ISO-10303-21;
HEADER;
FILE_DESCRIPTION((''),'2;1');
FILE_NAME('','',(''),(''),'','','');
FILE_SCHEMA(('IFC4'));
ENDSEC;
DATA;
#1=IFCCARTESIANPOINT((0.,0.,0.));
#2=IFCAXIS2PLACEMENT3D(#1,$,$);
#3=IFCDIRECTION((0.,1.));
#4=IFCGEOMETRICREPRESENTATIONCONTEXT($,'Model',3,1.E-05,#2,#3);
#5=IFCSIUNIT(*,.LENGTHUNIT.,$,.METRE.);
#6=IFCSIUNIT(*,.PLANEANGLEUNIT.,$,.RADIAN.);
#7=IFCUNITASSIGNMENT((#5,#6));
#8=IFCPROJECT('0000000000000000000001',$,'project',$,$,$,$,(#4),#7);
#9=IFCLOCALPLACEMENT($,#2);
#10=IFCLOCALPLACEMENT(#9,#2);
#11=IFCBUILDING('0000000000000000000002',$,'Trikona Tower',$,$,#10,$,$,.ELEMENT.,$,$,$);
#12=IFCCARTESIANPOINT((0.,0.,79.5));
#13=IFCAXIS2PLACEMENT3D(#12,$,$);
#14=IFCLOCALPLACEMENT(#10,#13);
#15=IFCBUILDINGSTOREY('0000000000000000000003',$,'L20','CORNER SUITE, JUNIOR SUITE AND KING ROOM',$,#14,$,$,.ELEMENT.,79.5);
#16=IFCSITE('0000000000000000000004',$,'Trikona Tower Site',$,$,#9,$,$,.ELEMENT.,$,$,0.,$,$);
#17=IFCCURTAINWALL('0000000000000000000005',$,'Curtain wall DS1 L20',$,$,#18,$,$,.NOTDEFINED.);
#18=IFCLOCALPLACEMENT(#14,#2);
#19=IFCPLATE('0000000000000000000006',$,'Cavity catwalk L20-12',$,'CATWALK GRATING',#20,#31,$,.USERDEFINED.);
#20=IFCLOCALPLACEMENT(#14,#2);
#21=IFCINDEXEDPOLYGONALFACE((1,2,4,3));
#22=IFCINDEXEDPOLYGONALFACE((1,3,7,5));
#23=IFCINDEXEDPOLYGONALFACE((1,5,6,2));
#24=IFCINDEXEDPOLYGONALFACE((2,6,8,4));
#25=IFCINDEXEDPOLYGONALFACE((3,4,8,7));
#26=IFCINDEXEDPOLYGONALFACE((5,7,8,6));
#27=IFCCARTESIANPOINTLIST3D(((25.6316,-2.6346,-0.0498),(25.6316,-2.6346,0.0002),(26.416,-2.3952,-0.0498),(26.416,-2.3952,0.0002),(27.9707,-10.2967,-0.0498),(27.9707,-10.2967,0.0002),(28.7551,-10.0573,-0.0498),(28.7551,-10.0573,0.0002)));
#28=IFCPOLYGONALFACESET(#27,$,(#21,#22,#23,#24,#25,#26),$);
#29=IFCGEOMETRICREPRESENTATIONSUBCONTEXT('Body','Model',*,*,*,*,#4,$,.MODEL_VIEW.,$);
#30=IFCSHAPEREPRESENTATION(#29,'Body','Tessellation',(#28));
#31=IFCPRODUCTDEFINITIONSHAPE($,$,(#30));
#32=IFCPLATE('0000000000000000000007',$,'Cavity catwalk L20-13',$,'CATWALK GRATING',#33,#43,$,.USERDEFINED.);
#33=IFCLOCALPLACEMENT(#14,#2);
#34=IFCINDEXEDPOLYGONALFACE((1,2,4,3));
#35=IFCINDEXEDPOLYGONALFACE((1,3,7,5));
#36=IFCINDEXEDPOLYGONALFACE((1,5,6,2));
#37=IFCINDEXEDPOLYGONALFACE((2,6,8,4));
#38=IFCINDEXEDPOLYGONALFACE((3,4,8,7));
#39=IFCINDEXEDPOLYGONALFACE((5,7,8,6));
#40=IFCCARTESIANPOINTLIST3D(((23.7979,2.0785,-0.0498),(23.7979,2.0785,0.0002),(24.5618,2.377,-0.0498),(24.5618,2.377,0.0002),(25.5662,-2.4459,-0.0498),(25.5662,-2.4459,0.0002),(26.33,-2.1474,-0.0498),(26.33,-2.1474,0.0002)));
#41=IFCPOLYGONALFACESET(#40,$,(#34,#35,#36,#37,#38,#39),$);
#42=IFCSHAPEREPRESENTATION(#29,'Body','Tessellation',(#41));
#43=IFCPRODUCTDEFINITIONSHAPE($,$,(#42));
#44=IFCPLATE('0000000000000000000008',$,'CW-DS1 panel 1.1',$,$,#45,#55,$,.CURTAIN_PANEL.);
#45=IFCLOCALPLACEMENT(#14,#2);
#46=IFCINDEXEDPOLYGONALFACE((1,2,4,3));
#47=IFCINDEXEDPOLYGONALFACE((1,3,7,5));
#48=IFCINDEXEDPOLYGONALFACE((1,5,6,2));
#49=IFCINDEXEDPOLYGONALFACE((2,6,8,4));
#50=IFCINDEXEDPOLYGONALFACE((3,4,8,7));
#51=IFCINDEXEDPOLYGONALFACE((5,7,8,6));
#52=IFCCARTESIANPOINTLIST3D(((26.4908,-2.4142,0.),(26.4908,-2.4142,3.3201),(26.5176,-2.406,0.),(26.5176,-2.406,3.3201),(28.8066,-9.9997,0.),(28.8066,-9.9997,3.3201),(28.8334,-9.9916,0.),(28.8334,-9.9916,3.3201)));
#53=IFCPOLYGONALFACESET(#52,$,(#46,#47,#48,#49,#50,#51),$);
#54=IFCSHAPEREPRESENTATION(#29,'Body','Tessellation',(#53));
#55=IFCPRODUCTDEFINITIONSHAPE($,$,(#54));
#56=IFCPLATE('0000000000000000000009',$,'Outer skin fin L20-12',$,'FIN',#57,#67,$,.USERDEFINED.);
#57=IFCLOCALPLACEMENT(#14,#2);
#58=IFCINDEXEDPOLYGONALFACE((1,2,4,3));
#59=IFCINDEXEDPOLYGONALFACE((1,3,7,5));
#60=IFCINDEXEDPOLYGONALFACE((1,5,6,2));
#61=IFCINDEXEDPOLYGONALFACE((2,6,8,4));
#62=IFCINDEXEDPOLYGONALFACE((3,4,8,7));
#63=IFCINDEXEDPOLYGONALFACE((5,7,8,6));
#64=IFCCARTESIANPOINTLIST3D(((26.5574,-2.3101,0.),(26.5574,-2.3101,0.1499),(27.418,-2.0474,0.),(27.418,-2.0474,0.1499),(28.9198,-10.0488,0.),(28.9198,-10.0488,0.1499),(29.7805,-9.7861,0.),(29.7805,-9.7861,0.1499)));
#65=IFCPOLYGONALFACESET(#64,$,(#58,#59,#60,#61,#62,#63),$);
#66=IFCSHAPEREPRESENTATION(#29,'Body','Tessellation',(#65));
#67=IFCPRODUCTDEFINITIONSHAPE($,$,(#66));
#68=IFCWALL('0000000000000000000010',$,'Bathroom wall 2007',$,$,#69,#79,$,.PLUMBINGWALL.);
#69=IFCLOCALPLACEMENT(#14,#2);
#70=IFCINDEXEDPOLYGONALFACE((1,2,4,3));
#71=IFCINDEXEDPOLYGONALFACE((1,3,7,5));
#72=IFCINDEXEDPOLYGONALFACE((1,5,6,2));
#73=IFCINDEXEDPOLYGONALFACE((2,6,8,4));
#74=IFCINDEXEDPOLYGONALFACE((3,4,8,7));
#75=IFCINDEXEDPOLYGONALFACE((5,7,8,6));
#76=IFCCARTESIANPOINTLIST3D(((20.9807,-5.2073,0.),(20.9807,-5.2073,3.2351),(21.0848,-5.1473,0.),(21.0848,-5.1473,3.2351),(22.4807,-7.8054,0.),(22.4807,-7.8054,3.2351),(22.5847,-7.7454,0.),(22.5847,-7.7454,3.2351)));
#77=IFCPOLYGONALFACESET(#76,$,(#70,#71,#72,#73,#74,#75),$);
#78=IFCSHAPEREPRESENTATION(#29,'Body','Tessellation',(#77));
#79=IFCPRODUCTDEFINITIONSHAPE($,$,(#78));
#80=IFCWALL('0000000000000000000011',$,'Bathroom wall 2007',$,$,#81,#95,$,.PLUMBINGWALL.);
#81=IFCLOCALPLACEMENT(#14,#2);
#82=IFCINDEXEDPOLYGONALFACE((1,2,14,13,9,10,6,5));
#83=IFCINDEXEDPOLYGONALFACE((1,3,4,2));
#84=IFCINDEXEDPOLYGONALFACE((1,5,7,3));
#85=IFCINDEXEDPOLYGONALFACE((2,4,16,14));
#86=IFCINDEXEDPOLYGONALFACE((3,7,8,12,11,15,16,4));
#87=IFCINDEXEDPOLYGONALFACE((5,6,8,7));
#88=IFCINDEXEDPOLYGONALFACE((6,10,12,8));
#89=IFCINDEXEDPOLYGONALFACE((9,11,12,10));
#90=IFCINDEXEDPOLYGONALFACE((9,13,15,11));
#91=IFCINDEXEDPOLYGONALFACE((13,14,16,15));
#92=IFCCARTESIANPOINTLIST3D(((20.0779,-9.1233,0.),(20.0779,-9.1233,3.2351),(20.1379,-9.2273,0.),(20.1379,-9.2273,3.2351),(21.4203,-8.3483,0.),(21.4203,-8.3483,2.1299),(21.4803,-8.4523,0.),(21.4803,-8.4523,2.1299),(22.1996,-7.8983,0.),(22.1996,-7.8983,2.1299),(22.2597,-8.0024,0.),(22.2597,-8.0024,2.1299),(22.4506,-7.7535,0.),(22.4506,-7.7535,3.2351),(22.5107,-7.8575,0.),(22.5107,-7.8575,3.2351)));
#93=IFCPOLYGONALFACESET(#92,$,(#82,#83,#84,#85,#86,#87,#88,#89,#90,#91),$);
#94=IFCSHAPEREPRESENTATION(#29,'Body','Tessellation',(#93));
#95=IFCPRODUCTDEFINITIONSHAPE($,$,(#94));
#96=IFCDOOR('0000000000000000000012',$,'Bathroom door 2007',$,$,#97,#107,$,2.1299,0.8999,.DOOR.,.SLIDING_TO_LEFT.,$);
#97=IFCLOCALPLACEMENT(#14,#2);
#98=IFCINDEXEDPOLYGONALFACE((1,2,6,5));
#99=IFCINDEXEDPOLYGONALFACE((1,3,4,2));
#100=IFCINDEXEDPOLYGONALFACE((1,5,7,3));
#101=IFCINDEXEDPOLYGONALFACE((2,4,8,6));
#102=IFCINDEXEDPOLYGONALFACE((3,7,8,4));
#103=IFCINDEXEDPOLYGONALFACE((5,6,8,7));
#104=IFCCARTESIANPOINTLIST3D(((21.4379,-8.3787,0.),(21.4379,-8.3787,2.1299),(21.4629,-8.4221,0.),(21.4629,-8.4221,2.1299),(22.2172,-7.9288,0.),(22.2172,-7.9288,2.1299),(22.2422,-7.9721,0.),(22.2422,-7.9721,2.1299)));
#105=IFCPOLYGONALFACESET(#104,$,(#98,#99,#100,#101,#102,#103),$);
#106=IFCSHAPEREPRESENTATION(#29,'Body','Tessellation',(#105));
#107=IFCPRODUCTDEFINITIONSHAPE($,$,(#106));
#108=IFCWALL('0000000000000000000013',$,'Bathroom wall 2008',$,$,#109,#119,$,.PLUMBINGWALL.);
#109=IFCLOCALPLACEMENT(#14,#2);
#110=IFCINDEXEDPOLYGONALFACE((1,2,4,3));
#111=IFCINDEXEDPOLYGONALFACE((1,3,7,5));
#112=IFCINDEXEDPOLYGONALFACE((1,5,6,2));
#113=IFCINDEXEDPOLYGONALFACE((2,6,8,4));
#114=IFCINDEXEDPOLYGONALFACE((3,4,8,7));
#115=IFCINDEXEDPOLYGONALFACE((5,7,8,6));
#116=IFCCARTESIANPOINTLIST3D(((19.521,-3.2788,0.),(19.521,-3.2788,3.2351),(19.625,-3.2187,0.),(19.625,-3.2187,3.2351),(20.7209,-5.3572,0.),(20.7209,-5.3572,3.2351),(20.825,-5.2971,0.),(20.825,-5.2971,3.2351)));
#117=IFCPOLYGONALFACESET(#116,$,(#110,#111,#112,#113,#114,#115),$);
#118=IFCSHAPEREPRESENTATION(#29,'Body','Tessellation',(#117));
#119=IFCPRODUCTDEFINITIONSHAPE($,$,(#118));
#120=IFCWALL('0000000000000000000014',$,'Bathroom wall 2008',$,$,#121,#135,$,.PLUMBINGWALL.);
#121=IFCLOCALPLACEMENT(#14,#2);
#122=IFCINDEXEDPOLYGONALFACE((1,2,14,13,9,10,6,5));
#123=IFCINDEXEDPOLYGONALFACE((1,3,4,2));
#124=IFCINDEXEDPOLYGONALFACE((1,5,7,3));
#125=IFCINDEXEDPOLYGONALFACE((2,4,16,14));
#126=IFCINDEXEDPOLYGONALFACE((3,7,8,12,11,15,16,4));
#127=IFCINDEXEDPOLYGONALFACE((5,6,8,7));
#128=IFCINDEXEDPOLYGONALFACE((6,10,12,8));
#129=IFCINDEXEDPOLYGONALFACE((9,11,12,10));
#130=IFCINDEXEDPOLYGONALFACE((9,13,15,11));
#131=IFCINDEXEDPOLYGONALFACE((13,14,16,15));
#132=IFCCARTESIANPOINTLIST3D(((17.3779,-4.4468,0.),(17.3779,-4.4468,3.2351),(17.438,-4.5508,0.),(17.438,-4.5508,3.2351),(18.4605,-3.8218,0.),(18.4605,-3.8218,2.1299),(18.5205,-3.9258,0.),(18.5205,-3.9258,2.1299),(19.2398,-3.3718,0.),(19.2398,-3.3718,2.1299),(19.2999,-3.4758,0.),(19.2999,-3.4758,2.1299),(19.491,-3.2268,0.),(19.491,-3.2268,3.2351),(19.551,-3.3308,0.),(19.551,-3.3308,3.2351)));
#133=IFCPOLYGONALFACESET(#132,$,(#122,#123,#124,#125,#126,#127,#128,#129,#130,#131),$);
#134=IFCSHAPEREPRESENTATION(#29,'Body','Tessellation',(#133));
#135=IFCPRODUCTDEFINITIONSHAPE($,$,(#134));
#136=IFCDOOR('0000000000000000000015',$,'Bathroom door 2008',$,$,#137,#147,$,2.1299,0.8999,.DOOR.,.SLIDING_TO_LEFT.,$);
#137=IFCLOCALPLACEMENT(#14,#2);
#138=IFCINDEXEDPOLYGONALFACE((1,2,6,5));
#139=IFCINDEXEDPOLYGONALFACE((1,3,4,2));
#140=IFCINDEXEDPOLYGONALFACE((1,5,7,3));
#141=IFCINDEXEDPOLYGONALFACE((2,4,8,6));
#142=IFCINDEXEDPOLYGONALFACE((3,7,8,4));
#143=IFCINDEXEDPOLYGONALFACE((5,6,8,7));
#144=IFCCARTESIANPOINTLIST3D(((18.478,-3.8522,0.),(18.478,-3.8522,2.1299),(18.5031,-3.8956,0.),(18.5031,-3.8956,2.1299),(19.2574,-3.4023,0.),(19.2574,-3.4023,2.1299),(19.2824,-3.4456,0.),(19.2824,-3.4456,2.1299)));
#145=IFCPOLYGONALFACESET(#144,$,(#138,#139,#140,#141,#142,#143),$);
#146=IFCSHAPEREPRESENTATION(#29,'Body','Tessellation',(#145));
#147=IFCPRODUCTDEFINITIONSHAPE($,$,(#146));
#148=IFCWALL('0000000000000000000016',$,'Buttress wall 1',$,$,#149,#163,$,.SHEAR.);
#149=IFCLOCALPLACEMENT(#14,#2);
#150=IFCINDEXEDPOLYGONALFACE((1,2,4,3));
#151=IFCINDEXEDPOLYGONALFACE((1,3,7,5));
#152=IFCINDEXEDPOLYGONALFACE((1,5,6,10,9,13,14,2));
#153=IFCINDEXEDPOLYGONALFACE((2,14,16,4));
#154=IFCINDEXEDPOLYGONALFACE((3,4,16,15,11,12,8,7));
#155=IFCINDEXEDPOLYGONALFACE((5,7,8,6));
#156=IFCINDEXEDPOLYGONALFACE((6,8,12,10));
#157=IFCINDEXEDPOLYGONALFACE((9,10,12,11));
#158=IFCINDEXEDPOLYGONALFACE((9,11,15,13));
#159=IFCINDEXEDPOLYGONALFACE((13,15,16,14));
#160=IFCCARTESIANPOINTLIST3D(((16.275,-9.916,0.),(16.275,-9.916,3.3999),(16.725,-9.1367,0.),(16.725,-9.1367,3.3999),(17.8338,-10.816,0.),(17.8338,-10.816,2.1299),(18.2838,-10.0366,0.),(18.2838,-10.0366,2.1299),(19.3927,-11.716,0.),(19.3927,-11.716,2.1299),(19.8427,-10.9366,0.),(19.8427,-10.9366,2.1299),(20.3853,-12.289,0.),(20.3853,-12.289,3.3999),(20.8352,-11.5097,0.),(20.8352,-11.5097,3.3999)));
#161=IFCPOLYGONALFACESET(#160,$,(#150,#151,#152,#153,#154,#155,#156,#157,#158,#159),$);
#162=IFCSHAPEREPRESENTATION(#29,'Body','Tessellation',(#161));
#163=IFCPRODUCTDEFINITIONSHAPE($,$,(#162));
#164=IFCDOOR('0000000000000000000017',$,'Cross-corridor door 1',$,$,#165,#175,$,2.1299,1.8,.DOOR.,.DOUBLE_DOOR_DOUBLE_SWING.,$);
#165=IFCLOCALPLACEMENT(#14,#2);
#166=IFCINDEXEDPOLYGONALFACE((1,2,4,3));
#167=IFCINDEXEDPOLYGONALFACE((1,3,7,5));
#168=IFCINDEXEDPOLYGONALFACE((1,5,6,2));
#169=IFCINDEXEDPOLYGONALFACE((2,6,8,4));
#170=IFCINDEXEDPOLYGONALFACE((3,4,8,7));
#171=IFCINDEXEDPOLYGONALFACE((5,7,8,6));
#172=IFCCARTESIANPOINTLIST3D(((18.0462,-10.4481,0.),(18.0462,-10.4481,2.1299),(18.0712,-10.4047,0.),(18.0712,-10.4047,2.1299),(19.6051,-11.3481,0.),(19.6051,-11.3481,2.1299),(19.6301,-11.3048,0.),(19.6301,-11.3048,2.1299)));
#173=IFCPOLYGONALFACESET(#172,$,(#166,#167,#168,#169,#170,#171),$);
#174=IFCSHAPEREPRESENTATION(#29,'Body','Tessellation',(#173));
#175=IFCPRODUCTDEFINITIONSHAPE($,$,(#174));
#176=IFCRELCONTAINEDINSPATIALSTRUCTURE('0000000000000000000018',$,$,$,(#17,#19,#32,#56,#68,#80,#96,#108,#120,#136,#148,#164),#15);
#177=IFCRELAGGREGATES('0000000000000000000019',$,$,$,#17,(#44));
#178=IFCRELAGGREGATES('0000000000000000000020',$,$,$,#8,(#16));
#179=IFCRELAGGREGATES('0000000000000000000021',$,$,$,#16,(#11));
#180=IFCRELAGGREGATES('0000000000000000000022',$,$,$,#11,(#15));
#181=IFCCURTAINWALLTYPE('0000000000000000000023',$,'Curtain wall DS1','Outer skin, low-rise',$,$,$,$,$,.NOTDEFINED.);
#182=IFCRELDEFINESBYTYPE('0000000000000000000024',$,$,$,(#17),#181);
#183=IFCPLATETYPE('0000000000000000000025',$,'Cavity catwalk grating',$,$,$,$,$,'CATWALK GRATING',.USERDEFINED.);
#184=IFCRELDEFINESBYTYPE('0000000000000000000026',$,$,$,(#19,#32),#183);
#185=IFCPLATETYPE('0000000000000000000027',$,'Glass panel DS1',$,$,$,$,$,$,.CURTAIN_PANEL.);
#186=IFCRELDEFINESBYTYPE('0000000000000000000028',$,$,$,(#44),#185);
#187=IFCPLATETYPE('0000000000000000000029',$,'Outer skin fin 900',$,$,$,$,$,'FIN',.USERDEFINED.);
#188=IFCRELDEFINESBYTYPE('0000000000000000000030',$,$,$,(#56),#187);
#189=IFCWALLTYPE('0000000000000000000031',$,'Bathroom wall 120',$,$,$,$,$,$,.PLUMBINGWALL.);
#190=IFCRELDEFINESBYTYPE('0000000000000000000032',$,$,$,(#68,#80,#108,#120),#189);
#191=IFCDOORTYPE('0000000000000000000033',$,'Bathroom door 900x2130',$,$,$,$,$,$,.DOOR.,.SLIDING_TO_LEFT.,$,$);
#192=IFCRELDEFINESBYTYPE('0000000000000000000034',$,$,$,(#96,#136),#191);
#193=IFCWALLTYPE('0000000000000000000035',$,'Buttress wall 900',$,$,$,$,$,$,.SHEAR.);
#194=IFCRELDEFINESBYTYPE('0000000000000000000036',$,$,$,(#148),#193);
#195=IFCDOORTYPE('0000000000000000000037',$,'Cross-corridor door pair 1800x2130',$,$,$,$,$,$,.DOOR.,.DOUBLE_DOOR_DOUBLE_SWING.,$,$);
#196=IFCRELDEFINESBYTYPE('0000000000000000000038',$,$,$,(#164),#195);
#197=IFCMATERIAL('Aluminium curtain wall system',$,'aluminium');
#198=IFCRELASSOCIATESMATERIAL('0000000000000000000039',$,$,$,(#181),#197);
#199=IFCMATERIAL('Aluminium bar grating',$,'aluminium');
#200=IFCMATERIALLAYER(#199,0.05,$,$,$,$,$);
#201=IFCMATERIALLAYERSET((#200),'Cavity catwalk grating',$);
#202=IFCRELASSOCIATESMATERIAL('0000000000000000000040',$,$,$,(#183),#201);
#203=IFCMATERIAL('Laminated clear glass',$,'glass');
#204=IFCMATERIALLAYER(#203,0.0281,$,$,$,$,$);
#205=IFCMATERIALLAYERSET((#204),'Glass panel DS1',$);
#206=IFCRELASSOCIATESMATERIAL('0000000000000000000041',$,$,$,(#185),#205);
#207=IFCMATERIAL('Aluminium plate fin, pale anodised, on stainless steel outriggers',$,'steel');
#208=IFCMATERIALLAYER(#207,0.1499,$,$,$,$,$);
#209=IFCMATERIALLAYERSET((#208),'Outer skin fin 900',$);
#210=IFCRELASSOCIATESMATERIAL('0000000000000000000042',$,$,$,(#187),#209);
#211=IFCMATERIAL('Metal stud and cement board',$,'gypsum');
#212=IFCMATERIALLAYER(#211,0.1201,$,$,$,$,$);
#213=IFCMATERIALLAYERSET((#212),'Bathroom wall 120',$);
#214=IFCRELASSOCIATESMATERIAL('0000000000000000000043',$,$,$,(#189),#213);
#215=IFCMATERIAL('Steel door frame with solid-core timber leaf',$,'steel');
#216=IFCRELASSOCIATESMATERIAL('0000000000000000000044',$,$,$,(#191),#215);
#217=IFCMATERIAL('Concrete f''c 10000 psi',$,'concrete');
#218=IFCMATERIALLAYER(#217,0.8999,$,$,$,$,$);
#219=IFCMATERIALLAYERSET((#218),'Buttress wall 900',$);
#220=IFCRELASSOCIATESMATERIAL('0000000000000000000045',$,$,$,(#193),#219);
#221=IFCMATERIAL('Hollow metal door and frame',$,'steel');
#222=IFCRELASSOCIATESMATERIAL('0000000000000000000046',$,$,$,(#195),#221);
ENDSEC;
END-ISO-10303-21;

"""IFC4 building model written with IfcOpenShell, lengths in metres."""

from ifc_helpers import new_model, si_unit, direction, frame, frame_2d, origin, origin_2d, place, context, subcontext, project, spatial, rectangle, extrude, material, layer, layer_set, type_object, element, fill, aggregate, save


model = new_model("IFC4")

# Units and contexts
model_context = context("Model", 3, precision=1e-05, world=origin(), true_north=direction((0.0, 1.0)))
body_context = subcontext(model_context, "Body", "Model", "MODEL_VIEW")
ifc_project = project(units=[si_unit("LENGTHUNIT", "METRE"), si_unit("PLANEANGLEUNIT", "RADIAN")], contexts=[model_context])

# Site, building, storey
site_placement = place(None, origin())
site = spatial("IfcSite", under=ifc_project, at=site_placement, Name="Trikona Tower Site", CompositionType="ELEMENT", RefElevation=0.0)
building_placement = place(site_placement, origin())
building = spatial("IfcBuilding", under=site, at=building_placement, Name="Trikona Tower", CompositionType="ELEMENT")
storey_placement = place(building_placement, frame((0.0, 0.0, 79.5)))
storey = spatial("IfcBuildingStorey", under=building, at=storey_placement, Name="L20", Description="CORNER SUITE, JUNIOR SUITE AND KING ROOM", CompositionType="ELEMENT", Elevation=79.5)

# Curtain wall
ifc_material_1 = material(Name="Aluminium curtain wall system", Category="aluminium")
curtain_wall_type = type_object("IfcCurtainWallType", Name="Curtain wall DS1", Description="Outer skin, low-rise", PredefinedType="NOTDEFINED", material=ifc_material_1)
curtain_wall_1_placement = place(storey_placement, origin())
curtain_wall_1 = element("IfcCurtainWall", 1, at=curtain_wall_1_placement, inside=storey, type_object=curtain_wall_type, Name="Curtain wall DS1 L20", PredefinedType="NOTDEFINED")

# Plates
ifc_material_2 = material(Name="Aluminium bar grating", Category="aluminium")
ifc_layer_1 = layer(ifc_material_2, 0.05)
ifc_layer_set_1 = layer_set([ifc_layer_1], Name="Cavity catwalk grating")
plate_type_1 = type_object("IfcPlateType", Name="Cavity catwalk grating", ElementType="CATWALK GRATING", PredefinedType="USERDEFINED", material=ifc_layer_set_1)
plate_1_placement = place(storey_placement, frame((27.1934, -6.3459, -0.0498), z_axis=(0.0, 0.0, 1.0), x_axis=(-0.291979, 0.956425, 0.0)))
element("IfcPlate", 2, at=plate_1_placement, inside=storey, type_object=plate_type_1, Name="Cavity catwalk L20-12", ObjectType="CATWALK GRATING", PredefinedType="USERDEFINED", context=body_context, shape_type="SweptSolid", body=[
    extrude(rectangle(XDim=8.0112, YDim=0.8201, at=origin_2d()), origin(), (0.0, 0.0, 1.0), 0.05),
])
plate_2_placement = place(storey_placement, frame((25.064, -0.0344, -0.0498), z_axis=(0.0, 0.0, 1.0), x_axis=(-0.364009, 0.931395, 0.0)))
element("IfcPlate", 3, at=plate_2_placement, inside=storey, type_object=plate_type_1, Name="Cavity catwalk L20-13", ObjectType="CATWALK GRATING", PredefinedType="USERDEFINED", context=body_context, shape_type="SweptSolid", body=[
    extrude(rectangle(XDim=4.8577, YDim=0.8201, at=origin_2d()), origin(), (0.0, 0.0, 1.0), 0.05),
])

# Plates
ifc_material_3 = material(Name="Laminated clear glass", Category="glass")
ifc_layer_2 = layer(ifc_material_3, 0.0281)
ifc_layer_set_2 = layer_set([ifc_layer_2], Name="Glass panel DS1")
plate_type_2 = type_object("IfcPlateType", Name="Glass panel DS1", PredefinedType="CURTAIN_PANEL", material=ifc_layer_set_2)
plate_3_placement = place(storey_placement, frame((27.6621, -6.2029, 0.0), z_axis=(0.0, 0.0, 1.0), x_axis=(-0.291984, 0.956423, 0.0)))
plate_3 = element("IfcPlate", 4, at=plate_3_placement, type_object=plate_type_2, Name="CW-DS1 panel 1.1", PredefinedType="CURTAIN_PANEL", context=body_context, shape_type="SweptSolid", body=[
    extrude(rectangle(XDim=7.9312, YDim=0.0281, at=origin_2d()), origin(), (0.0, 0.0, 1.0), 3.3201),
])
aggregate(curtain_wall_1, [plate_3])
ifc_material_4 = material(Name="Aluminium plate fin, pale anodised, on stainless steel outriggers", Category="steel")
ifc_layer_3 = layer(ifc_material_4, 0.1499)
ifc_layer_set_3 = layer_set([ifc_layer_3], Name="Outer skin fin 900")
plate_type_3 = type_object("IfcPlateType", Name="Outer skin fin 900", ElementType="FIN", PredefinedType="USERDEFINED", material=ifc_layer_set_3)
plate_4_placement = place(storey_placement, frame((28.1689, -6.0481, 0.0), z_axis=(0.0, 0.0, 1.0), x_axis=(-0.291979, 0.956425, 0.0)))
element("IfcPlate", 5, at=plate_4_placement, inside=storey, type_object=plate_type_3, Name="Outer skin fin L20-12", ObjectType="FIN", PredefinedType="USERDEFINED", context=body_context, shape_type="SweptSolid", body=[
    extrude(rectangle(XDim=8.0913, YDim=0.8999, at=origin_2d()), origin(), (0.0, 0.0, 1.0), 0.1499),
])

# Wall
ifc_material_5 = material(Name="Metal stud and cement board", Category="gypsum")
ifc_layer_4 = layer(ifc_material_5, 0.1201)
ifc_layer_set_4 = layer_set([ifc_layer_4], Name="Bathroom wall 120")
wall_type_1 = type_object("IfcWallType", Name="Bathroom wall 120", PredefinedType="PLUMBINGWALL", material=ifc_layer_set_4)
wall_1_placement = place(storey_placement, frame((22.5327, -7.7754, 0.0), z_axis=(0.0, 0.0, 1.0), x_axis=(-0.49999, 0.866031, 0.0)))
element("IfcWall", 6, at=wall_1_placement, inside=storey, type_object=wall_type_1, Name="Bathroom wall 2007", PredefinedType="PLUMBINGWALL", context=body_context, shape_type="SweptSolid", body=[
    extrude(rectangle(XDim=3.0, YDim=0.1201, at=frame_2d((1.5, 0.0))), origin(), (0.0, 0.0, 1.0), 3.2351),
])

# Wall, opening, door
wall_2_placement = place(storey_placement, frame((20.1079, -9.1753, 0.0), z_axis=(0.0, 0.0, 1.0), x_axis=(0.866036, 0.499982, 0.0)))
wall_2 = element("IfcWall", 7, at=wall_2_placement, inside=storey, type_object=wall_type_1, Name="Bathroom wall 2007", PredefinedType="PLUMBINGWALL", context=body_context, shape_type="SweptSolid", body=[
    extrude(rectangle(XDim=2.7397, YDim=0.1201, at=frame_2d((1.3699, 0.0))), origin(), (0.0, 0.0, 1.0), 3.2351),
])
opening_1_placement = place(wall_2_placement, frame((1.55, 0.0, 0.0)))
opening_1 = element("IfcOpeningElement", 8, at=opening_1_placement, cuts=wall_2, PredefinedType="OPENING", context=body_context, shape_type="SweptSolid", body=[
    extrude(rectangle(XDim=0.8999, YDim=2.1299, at=frame_2d((0.45, 1.0649))), frame((0.0, 0.0701, 0.0), z_axis=(0.0, -1.0, 0.0), x_axis=(1.0, 0.0, 0.0)), (0.0, 0.0, 1.0), 0.1401),
])
ifc_material_6 = material(Name="Steel door frame with solid-core timber leaf", Category="steel")
door_type_1 = type_object("IfcDoorType", Name="Bathroom door 900x2130", OperationType="SLIDING_TO_LEFT", PredefinedType="DOOR", material=ifc_material_6)
door_1_placement = place(opening_1_placement, origin())
door_1 = element("IfcDoor", 9, at=door_1_placement, inside=storey, type_object=door_type_1, Name="Bathroom door 2007", OperationType="SLIDING_TO_LEFT", OverallHeight=2.1299, OverallWidth=0.8999, PredefinedType="DOOR", context=body_context, shape_type="SweptSolid", body=[
    extrude(rectangle(XDim=0.8999, YDim=2.1299, at=frame_2d((0.45, 1.0649))), frame((0.0, 0.0249, 0.0), z_axis=(0.0, -1.0, 0.0), x_axis=(1.0, 0.0, 0.0)), (0.0, 0.0, 1.0), 0.05),
])
fill(opening_1, door_1)

# Wall
wall_3_placement = place(storey_placement, frame((20.7729, -5.3271, 0.0), z_axis=(0.0, 0.0, 1.0), x_axis=(-0.500001, 0.866025, 0.0)))
element("IfcWall", 10, at=wall_3_placement, inside=storey, type_object=wall_type_1, Name="Bathroom wall 2008", PredefinedType="PLUMBINGWALL", context=body_context, shape_type="SweptSolid", body=[
    extrude(rectangle(XDim=2.3999, YDim=0.1201, at=frame_2d((1.2, 0.0))), origin(), (0.0, 0.0, 1.0), 3.2351),
])

# Walls, openings, doors
wall_4_placement = place(storey_placement, frame((17.408, -4.4988, 0.0), z_axis=(0.0, 0.0, 1.0), x_axis=(0.866024, 0.500003, 0.0)))
wall_4 = element("IfcWall", 11, at=wall_4_placement, inside=storey, type_object=wall_type_1, Name="Bathroom wall 2008", PredefinedType="PLUMBINGWALL", context=body_context, shape_type="SweptSolid", body=[
    extrude(rectangle(XDim=2.4399, YDim=0.1201, at=frame_2d((1.22, 0.0))), origin(), (0.0, 0.0, 1.0), 3.2351),
])
opening_2_placement = place(wall_4_placement, frame((1.25, 0.0, 0.0)))
opening_2 = element("IfcOpeningElement", 12, at=opening_2_placement, cuts=wall_4, PredefinedType="OPENING", context=body_context, shape_type="SweptSolid", body=[
    extrude(rectangle(XDim=0.8999, YDim=2.1299, at=frame_2d((0.45, 1.0649))), frame((0.0, 0.0701, 0.0), z_axis=(0.0, -1.0, 0.0), x_axis=(1.0, 0.0, 0.0)), (0.0, 0.0, 1.0), 0.1401),
])
door_2_placement = place(opening_2_placement, origin())
door_2 = element("IfcDoor", 13, at=door_2_placement, inside=storey, type_object=door_type_1, Name="Bathroom door 2008", OperationType="SLIDING_TO_LEFT", OverallHeight=2.1299, OverallWidth=0.8999, PredefinedType="DOOR", context=body_context, shape_type="SweptSolid", body=[
    extrude(rectangle(XDim=0.8999, YDim=2.1299, at=frame_2d((0.45, 1.0649))), frame((0.0, 0.0249, 0.0), z_axis=(0.0, -1.0, 0.0), x_axis=(1.0, 0.0, 0.0)), (0.0, 0.0, 1.0), 0.05),
])
fill(opening_2, door_2)
ifc_material_7 = material(Name="Concrete f'c 10000 psi", Category="concrete")
ifc_layer_5 = layer(ifc_material_7, 0.8999)
ifc_layer_set_5 = layer_set([ifc_layer_5], Name="Buttress wall 900")
wall_type_2 = type_object("IfcWallType", Name="Buttress wall 900", PredefinedType="SHEAR", material=ifc_layer_set_5)
wall_5_placement = place(storey_placement, frame((16.5, -9.5264, 0.0), z_axis=(0.0, 0.0, 1.0), x_axis=(0.866031, -0.49999, 0.0)))
wall_5 = element("IfcWall", 14, at=wall_5_placement, inside=storey, type_object=wall_type_2, Name="Buttress wall 1", PredefinedType="SHEAR", context=body_context, shape_type="SweptSolid", body=[
    extrude(rectangle(XDim=4.7461, YDim=0.8999, at=frame_2d((2.373, 0.0))), origin(), (0.0, 0.0, 1.0), 3.3999),
])
opening_3_placement = place(wall_5_placement, frame((1.8, 0.0, 0.0)))
opening_3 = element("IfcOpeningElement", 15, at=opening_3_placement, cuts=wall_5, PredefinedType="OPENING", context=body_context, shape_type="SweptSolid", body=[
    extrude(rectangle(XDim=1.8, YDim=2.1299, at=frame_2d((0.8999, 1.0649))), frame((0.0, 0.46, 0.0), z_axis=(0.0, -1.0, 0.0), x_axis=(1.0, 0.0, 0.0)), (0.0, 0.0, 1.0), 0.9199),
])
ifc_material_8 = material(Name="Hollow metal door and frame", Category="steel")
door_type_2 = type_object("IfcDoorType", Name="Cross-corridor door pair 1800x2130", OperationType="DOUBLE_DOOR_DOUBLE_SWING", PredefinedType="DOOR", material=ifc_material_8)
door_3_placement = place(opening_3_placement, origin())
door_3 = element("IfcDoor", 16, at=door_3_placement, inside=storey, type_object=door_type_2, Name="Cross-corridor door 1", OperationType="DOUBLE_DOOR_DOUBLE_SWING", OverallHeight=2.1299, OverallWidth=1.8, PredefinedType="DOOR", context=body_context, shape_type="SweptSolid", body=[
    extrude(rectangle(XDim=1.8, YDim=2.1299, at=frame_2d((0.8999, 1.0649))), frame((0.0, 0.0249, 0.0), z_axis=(0.0, -1.0, 0.0), x_axis=(1.0, 0.0, 0.0)), (0.0, 0.0, 1.0), 0.05),
])
fill(opening_3, door_3)

save(model, "model.ifc")
